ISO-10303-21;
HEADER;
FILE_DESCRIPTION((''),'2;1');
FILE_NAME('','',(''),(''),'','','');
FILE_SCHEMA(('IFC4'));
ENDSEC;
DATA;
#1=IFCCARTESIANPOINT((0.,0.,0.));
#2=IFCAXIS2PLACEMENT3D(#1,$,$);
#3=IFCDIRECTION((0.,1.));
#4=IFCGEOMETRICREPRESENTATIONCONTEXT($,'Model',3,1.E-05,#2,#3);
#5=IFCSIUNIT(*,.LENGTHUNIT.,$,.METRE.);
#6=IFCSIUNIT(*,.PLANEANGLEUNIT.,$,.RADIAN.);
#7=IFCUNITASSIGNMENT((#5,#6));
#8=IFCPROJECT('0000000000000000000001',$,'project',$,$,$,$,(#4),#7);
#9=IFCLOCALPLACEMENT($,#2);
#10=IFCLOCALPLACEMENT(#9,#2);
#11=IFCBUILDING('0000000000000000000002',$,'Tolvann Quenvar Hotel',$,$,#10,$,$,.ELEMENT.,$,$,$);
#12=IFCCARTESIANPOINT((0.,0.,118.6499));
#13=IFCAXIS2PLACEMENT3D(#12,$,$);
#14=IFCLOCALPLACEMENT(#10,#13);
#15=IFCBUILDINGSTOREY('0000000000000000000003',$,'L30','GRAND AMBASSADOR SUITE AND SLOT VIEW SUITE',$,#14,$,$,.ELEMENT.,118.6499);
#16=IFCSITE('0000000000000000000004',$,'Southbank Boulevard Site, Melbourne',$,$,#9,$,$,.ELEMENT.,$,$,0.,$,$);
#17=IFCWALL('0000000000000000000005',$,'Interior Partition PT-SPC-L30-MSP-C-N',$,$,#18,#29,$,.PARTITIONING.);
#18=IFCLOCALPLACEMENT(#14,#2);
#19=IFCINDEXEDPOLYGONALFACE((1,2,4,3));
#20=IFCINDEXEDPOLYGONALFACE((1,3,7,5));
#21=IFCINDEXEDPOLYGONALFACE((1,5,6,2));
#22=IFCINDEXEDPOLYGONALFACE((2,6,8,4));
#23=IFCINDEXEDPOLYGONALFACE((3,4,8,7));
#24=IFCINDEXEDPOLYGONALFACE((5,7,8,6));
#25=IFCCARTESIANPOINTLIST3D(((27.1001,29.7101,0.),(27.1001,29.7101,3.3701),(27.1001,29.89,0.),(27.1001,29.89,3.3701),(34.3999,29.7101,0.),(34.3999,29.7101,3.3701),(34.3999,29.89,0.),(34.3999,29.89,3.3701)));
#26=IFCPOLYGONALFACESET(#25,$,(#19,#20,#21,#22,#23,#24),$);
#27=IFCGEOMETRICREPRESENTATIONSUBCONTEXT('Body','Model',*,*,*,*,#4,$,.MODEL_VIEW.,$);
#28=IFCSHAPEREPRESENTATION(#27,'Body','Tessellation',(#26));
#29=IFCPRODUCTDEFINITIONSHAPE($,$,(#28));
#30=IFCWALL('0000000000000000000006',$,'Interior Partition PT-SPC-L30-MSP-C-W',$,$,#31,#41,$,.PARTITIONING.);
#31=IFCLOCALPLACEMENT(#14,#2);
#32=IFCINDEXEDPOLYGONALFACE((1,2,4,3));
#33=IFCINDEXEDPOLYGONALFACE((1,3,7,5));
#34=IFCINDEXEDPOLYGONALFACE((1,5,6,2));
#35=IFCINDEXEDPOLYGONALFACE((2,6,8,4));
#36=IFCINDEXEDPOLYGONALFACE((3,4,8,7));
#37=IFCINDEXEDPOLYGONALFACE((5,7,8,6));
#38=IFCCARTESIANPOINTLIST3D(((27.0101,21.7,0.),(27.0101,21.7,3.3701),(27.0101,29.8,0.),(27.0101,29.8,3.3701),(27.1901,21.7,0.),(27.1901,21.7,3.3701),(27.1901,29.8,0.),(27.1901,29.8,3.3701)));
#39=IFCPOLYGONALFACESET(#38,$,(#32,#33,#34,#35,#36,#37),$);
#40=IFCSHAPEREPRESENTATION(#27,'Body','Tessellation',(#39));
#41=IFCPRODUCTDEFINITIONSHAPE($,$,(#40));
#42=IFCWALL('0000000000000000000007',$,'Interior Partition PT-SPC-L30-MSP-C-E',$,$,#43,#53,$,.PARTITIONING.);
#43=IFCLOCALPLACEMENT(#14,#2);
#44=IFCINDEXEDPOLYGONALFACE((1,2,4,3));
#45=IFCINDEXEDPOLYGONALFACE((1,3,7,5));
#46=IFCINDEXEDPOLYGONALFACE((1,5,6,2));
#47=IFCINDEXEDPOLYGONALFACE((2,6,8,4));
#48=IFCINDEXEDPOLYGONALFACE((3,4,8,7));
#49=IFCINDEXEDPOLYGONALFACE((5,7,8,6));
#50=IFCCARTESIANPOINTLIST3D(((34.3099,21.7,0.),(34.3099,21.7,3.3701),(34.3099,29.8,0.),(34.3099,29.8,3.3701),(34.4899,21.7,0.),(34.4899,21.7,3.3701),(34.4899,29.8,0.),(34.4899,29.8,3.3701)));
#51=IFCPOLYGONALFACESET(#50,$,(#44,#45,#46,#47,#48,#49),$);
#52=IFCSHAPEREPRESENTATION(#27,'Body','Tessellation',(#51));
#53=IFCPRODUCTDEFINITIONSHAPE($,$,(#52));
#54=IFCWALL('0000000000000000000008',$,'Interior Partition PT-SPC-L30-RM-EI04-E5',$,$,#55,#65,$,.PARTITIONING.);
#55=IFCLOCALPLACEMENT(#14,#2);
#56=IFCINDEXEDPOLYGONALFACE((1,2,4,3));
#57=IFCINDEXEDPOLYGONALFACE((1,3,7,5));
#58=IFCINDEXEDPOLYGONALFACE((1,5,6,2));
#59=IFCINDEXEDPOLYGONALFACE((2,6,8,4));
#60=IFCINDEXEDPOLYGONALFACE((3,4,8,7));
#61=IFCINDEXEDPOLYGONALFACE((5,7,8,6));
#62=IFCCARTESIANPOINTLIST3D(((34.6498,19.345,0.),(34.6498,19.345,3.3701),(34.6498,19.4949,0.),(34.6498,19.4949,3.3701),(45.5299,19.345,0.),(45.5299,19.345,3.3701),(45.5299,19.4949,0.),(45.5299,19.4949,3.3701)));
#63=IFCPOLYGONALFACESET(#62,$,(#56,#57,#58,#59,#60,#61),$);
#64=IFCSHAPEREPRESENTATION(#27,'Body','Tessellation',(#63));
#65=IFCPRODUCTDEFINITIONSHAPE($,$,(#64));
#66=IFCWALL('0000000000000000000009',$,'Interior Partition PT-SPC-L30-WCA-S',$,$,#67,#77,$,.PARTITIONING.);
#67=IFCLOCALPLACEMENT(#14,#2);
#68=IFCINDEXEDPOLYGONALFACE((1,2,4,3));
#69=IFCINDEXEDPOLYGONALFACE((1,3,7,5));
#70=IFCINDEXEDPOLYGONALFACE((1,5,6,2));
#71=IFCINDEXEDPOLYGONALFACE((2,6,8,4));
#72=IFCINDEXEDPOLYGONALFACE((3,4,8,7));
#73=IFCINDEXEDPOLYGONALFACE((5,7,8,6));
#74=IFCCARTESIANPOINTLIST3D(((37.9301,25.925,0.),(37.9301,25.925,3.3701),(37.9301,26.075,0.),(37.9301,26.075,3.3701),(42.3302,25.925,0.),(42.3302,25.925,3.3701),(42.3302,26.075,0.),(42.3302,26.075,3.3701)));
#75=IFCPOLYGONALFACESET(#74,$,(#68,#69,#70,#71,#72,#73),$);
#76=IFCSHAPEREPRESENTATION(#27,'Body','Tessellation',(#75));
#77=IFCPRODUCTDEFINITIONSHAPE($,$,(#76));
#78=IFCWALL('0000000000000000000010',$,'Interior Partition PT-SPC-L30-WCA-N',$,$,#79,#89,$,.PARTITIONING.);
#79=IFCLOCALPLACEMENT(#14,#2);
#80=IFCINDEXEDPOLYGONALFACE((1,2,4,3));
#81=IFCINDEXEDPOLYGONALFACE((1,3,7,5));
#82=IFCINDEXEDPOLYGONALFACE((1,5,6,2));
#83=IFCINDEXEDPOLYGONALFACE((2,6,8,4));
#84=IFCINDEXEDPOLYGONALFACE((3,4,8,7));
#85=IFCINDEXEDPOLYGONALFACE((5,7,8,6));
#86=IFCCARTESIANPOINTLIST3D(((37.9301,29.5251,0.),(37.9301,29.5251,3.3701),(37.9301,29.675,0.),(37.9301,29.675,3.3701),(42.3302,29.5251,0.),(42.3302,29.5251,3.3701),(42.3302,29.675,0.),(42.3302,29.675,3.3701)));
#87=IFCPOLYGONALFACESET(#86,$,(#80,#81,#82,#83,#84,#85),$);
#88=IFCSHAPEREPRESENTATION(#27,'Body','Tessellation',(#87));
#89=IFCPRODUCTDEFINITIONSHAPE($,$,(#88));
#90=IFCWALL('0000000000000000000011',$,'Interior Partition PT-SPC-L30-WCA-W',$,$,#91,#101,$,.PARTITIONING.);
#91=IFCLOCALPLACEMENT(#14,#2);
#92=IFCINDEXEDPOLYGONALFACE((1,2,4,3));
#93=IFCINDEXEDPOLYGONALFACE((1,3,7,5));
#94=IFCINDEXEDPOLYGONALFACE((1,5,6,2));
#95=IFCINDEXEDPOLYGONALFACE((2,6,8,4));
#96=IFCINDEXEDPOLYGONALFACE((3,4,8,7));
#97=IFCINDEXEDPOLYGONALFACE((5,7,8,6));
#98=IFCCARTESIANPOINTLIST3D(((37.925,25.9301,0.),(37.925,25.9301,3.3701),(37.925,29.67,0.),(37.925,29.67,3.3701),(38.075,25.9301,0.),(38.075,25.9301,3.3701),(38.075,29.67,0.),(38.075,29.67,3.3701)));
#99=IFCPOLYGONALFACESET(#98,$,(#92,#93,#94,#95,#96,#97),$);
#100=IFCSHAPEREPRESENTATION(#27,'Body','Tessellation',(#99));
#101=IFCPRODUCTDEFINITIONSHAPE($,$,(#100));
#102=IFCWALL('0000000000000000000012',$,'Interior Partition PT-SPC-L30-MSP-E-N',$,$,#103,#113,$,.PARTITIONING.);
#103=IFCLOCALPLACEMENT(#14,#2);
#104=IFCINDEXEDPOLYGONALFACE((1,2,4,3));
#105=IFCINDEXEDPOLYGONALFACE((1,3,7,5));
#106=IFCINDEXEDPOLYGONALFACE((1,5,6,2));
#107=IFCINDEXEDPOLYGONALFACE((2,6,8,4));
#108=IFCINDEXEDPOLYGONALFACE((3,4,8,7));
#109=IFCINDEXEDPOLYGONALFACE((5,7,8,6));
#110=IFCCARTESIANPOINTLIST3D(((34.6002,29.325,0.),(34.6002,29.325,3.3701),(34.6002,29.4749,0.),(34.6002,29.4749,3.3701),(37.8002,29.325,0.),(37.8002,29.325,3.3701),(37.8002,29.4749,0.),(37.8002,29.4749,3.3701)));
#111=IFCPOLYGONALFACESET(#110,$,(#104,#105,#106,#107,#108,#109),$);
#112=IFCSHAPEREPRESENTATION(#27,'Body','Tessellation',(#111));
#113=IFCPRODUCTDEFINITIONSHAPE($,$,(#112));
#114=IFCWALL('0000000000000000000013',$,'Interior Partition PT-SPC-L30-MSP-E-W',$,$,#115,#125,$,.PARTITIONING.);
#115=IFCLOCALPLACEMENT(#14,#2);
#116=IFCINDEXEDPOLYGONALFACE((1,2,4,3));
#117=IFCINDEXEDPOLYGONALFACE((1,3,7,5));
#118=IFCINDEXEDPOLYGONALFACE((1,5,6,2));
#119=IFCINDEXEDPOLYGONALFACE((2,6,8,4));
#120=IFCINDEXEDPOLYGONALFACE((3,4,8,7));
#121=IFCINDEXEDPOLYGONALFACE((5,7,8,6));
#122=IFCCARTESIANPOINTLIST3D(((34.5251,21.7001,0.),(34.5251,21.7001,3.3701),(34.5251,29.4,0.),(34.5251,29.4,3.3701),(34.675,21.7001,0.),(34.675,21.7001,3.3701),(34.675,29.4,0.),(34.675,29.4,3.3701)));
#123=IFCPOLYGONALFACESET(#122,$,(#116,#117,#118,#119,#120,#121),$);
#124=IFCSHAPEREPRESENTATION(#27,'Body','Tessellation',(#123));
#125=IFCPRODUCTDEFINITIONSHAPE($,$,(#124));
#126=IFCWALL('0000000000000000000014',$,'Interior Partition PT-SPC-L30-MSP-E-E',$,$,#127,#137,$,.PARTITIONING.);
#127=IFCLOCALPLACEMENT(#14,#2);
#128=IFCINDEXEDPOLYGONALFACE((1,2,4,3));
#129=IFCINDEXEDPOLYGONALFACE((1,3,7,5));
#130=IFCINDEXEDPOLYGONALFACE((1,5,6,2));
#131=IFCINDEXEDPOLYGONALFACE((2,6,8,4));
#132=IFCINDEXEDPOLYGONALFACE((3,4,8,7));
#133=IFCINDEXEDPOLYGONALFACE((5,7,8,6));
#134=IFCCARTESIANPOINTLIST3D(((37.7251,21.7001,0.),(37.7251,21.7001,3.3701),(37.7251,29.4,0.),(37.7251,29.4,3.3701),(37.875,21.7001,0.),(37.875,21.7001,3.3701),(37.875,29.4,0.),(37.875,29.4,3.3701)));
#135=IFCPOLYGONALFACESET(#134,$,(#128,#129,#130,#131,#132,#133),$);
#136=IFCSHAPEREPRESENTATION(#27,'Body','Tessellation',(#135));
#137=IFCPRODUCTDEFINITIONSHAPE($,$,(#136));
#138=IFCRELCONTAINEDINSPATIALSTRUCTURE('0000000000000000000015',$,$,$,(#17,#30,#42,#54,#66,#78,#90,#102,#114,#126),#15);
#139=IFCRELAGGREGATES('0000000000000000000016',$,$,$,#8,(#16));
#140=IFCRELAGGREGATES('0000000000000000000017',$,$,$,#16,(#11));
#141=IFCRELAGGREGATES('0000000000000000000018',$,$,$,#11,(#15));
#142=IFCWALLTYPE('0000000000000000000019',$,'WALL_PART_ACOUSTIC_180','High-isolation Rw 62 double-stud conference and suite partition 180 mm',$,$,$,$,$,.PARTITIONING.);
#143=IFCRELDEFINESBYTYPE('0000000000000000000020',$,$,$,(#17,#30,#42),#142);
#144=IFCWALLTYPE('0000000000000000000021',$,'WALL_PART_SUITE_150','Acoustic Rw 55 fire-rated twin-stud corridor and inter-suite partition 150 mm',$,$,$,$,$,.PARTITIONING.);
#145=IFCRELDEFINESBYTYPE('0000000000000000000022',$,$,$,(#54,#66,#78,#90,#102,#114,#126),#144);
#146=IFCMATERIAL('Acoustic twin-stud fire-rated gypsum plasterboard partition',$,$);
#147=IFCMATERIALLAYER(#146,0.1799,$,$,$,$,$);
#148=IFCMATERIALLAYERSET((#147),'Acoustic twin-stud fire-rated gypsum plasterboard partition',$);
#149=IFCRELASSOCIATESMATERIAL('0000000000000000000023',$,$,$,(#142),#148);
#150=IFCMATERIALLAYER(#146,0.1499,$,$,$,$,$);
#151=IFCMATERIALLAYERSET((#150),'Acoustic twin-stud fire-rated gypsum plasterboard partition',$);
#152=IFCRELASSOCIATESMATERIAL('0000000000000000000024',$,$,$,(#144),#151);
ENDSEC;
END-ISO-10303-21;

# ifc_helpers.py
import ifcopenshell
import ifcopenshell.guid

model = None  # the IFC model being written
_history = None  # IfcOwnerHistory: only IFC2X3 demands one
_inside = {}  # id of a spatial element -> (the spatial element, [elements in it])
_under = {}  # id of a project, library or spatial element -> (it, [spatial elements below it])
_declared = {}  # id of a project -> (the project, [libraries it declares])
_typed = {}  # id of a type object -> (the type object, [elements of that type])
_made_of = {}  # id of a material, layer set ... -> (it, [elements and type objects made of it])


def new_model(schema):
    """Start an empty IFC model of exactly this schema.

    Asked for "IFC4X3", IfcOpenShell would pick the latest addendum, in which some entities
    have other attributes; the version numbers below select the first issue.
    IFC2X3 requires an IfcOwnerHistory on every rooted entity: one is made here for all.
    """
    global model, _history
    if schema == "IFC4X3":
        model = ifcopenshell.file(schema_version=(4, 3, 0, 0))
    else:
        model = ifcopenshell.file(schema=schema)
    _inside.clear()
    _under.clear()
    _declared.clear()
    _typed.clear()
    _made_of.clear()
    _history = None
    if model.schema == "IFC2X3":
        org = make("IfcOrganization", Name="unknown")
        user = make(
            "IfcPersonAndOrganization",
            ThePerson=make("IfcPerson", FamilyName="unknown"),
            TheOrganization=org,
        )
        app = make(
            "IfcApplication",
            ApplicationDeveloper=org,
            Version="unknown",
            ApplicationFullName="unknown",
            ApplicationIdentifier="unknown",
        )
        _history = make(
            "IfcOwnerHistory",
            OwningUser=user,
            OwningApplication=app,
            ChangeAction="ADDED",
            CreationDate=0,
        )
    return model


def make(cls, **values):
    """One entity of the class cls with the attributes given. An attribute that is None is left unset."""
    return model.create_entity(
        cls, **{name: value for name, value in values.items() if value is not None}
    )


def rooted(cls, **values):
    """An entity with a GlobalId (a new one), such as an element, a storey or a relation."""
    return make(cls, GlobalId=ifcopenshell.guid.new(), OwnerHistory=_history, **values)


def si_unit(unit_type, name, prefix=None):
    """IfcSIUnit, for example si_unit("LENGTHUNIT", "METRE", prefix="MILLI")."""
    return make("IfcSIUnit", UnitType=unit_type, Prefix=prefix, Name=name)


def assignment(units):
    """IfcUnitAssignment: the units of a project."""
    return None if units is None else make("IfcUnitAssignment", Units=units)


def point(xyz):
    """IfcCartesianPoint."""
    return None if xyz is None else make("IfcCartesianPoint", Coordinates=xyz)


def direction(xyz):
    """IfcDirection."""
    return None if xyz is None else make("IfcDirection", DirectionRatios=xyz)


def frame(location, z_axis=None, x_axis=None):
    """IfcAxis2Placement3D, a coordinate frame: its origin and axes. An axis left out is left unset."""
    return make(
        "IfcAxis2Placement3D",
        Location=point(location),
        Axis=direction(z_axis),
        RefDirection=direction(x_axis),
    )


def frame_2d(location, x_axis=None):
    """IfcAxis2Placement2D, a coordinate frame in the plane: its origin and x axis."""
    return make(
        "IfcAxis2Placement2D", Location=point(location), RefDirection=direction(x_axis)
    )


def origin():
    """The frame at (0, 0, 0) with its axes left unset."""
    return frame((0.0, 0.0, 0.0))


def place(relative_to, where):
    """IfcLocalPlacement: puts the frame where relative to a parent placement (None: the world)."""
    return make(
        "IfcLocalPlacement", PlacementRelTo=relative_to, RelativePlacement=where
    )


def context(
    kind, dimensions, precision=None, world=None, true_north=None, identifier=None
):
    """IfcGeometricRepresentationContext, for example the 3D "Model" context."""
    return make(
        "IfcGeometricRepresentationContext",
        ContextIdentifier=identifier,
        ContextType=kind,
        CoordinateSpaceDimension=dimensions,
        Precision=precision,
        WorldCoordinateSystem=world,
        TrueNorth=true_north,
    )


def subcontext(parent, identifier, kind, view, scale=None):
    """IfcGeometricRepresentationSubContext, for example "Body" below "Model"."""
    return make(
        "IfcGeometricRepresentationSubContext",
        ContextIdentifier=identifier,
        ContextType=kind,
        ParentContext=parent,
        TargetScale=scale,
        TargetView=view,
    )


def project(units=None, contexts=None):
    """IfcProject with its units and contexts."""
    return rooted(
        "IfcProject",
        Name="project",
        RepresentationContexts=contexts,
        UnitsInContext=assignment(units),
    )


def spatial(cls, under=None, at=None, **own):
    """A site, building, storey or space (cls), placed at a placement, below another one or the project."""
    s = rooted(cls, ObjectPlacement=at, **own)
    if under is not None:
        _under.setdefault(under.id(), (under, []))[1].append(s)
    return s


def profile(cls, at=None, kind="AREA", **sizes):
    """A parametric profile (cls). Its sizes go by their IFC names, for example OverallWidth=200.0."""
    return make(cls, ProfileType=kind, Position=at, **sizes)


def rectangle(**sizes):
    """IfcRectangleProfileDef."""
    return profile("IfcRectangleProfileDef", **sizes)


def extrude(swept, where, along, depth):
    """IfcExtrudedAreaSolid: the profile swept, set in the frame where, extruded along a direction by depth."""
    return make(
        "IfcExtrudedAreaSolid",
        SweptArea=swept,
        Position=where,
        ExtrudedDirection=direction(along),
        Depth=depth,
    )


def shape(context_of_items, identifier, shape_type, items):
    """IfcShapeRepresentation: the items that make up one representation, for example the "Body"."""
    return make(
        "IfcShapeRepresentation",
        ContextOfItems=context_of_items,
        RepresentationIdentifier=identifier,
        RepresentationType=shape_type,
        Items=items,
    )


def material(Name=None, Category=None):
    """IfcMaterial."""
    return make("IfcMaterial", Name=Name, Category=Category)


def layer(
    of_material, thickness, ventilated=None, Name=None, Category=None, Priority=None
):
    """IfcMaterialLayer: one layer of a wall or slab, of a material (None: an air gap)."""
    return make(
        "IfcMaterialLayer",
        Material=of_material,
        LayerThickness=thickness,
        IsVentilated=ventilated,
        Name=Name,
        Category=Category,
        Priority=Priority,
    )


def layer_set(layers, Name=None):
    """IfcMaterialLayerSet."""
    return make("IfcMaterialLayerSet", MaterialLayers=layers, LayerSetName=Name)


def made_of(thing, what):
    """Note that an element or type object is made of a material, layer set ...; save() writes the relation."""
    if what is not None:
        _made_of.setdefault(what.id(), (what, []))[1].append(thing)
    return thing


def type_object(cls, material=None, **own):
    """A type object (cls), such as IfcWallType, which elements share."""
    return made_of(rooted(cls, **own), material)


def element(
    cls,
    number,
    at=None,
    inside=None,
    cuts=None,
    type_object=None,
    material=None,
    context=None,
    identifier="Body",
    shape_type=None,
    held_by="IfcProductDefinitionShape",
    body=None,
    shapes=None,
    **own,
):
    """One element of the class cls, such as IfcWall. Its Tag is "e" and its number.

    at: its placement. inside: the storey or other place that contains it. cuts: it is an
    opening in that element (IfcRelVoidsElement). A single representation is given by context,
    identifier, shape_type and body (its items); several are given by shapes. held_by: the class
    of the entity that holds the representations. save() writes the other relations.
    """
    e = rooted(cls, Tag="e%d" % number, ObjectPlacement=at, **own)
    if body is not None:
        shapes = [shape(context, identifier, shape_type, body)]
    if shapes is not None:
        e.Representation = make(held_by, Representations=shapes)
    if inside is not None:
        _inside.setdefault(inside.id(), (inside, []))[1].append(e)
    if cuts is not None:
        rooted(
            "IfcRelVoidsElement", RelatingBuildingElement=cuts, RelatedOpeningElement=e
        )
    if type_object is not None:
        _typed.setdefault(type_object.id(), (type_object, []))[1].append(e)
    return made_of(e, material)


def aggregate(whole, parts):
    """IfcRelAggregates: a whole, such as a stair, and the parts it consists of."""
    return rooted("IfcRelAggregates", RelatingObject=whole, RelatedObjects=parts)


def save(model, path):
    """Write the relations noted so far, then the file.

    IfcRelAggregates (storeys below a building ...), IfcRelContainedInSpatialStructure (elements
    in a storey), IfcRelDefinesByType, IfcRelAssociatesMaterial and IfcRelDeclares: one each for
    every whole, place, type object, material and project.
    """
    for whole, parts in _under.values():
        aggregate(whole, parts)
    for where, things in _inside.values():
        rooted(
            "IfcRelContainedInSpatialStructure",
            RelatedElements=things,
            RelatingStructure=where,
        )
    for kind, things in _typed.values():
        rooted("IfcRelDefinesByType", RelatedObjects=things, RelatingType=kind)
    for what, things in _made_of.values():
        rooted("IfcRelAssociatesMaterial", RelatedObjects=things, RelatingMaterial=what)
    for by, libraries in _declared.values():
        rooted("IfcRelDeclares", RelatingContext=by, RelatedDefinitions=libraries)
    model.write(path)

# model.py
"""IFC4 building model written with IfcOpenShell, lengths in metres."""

from ifc_helpers import new_model, si_unit, direction, frame, frame_2d, origin, place, context, subcontext, project, spatial, rectangle, extrude, material, layer, layer_set, type_object, element, save


model = new_model("IFC4")

# Units and contexts
model_context = context("Model", 3, precision=1e-05, world=origin(), true_north=direction((0.0, 1.0)))
body_context = subcontext(model_context, "Body", "Model", "MODEL_VIEW")
ifc_project = project(units=[si_unit("LENGTHUNIT", "METRE"), si_unit("PLANEANGLEUNIT", "RADIAN")], contexts=[model_context])

# Site, building, storey
site_placement = place(None, origin())
site = spatial("IfcSite", under=ifc_project, at=site_placement, Name="Southbank Boulevard Site, Melbourne", CompositionType="ELEMENT", RefElevation=0.0)
building_placement = place(site_placement, origin())
building = spatial("IfcBuilding", under=site, at=building_placement, Name="Tolvann Quenvar Hotel", CompositionType="ELEMENT")
storey_placement = place(building_placement, frame((0.0, 0.0, 118.6499)))
storey = spatial("IfcBuildingStorey", under=building, at=storey_placement, Name="L30", Description="GRAND AMBASSADOR SUITE AND SLOT VIEW SUITE", CompositionType="ELEMENT", Elevation=118.6499)

# Shared definitions
ifc_material_1 = material(Name="Acoustic twin-stud fire-rated gypsum plasterboard partition")
ifc_layer_1 = layer(ifc_material_1, 0.1799)
ifc_layer_set_1 = layer_set([ifc_layer_1], Name="Acoustic twin-stud fire-rated gypsum plasterboard partition")
wall_type_1 = type_object("IfcWallType", Name="WALL_PART_ACOUSTIC_180", Description="High-isolation Rw 62 double-stud conference and suite partition 180 mm", PredefinedType="PARTITIONING", material=ifc_layer_set_1)

# Walls
wall_1_placement = place(storey_placement, frame((27.1001, 29.8, 0.0), z_axis=(0.0, 0.0, 1.0), x_axis=(1.0, 0.0, 0.0)))
element("IfcWall", 1, at=wall_1_placement, inside=storey, type_object=wall_type_1, Name="Interior Partition PT-SPC-L30-MSP-C-N", PredefinedType="PARTITIONING", context=body_context, shape_type="SweptSolid", body=[
    extrude(rectangle(XDim=7.2998, YDim=0.1799, at=frame_2d((3.6499, 0.0))), origin(), (0.0, 0.0, 1.0), 3.3701),
])
for number, where, z_axis, x_axis, name in (
    (2, (27.1001, 21.7, 0.0), (0.0, 0.0, 1.0), (0.0, 1.0, 0.0), "Interior Partition PT-SPC-L30-MSP-C-W"),
    (3, (34.3999, 21.7, 0.0), (0.0, 0.0, 1.0), (0.0, 1.0, 0.0), "Interior Partition PT-SPC-L30-MSP-C-E"),
):
    element("IfcWall", number, at=place(storey_placement, frame(where, z_axis=z_axis, x_axis=x_axis)), inside=storey, type_object=wall_type_1, Name=name, PredefinedType="PARTITIONING", context=body_context, shape_type="SweptSolid", body=[
        extrude(rectangle(XDim=8.1001, YDim=0.1799, at=frame_2d((4.05, 0.0))), origin(), (0.0, 0.0, 1.0), 3.3701),
    ])
ifc_layer_2 = layer(ifc_material_1, 0.1499)
ifc_layer_set_2 = layer_set([ifc_layer_2], Name="Acoustic twin-stud fire-rated gypsum plasterboard partition")
wall_type_2 = type_object("IfcWallType", Name="WALL_PART_SUITE_150", Description="Acoustic Rw 55 fire-rated twin-stud corridor and inter-suite partition 150 mm", PredefinedType="PARTITIONING", material=ifc_layer_set_2)
wall_2_placement = place(storey_placement, frame((34.6499, 19.4199, 0.0), z_axis=(0.0, 0.0, 1.0), x_axis=(1.0, 0.0, 0.0)))
element("IfcWall", 4, at=wall_2_placement, inside=storey, type_object=wall_type_2, Name="Interior Partition PT-SPC-L30-RM-EI04-E5", PredefinedType="PARTITIONING", context=body_context, shape_type="SweptSolid", body=[
    extrude(rectangle(XDim=10.8801, YDim=0.1499, at=frame_2d((5.4399, 0.0))), origin(), (0.0, 0.0, 1.0), 3.3701),
])
for number, where, z_axis, x_axis, name in (
    (5, (37.9299, 26.0, 0.0), (0.0, 0.0, 1.0), (1.0, 0.0, 0.0), "Interior Partition PT-SPC-L30-WCA-S"),
    (6, (37.9299, 29.6001, 0.0), (0.0, 0.0, 1.0), (1.0, 0.0, 0.0), "Interior Partition PT-SPC-L30-WCA-N"),
):
    element("IfcWall", number, at=place(storey_placement, frame(where, z_axis=z_axis, x_axis=x_axis)), inside=storey, type_object=wall_type_2, Name=name, PredefinedType="PARTITIONING", context=body_context, shape_type="SweptSolid", body=[
        extrude(rectangle(XDim=4.4001, YDim=0.1499, at=frame_2d((2.2002, 0.0))), origin(), (0.0, 0.0, 1.0), 3.3701),
    ])
wall_3_placement = place(storey_placement, frame((38.0, 25.9299, 0.0), z_axis=(0.0, 0.0, 1.0), x_axis=(0.0, 1.0, 0.0)))
element("IfcWall", 7, at=wall_3_placement, inside=storey, type_object=wall_type_2, Name="Interior Partition PT-SPC-L30-WCA-W", PredefinedType="PARTITIONING", context=body_context, shape_type="SweptSolid", body=[
    extrude(rectangle(XDim=3.74, YDim=0.1499, at=frame_2d((1.8701, 0.0))), origin(), (0.0, 0.0, 1.0), 3.3701),
])

# Walls
wall_4_placement = place(storey_placement, frame((34.6001, 29.3999, 0.0), z_axis=(0.0, 0.0, 1.0), x_axis=(1.0, 0.0, 0.0)))
element("IfcWall", 8, at=wall_4_placement, inside=storey, type_object=wall_type_2, Name="Interior Partition PT-SPC-L30-MSP-E-N", PredefinedType="PARTITIONING", context=body_context, shape_type="SweptSolid", body=[
    extrude(rectangle(XDim=3.2, YDim=0.1499, at=frame_2d((1.6001, 0.0))), origin(), (0.0, 0.0, 1.0), 3.3701),
])
for number, where, z_axis, x_axis, name in (
    (9, (34.6001, 21.7, 0.0), (0.0, 0.0, 1.0), (0.0, 1.0, 0.0), "Interior Partition PT-SPC-L30-MSP-E-W"),
    (10, (37.8, 21.7, 0.0), (0.0, 0.0, 1.0), (0.0, 1.0, 0.0), "Interior Partition PT-SPC-L30-MSP-E-E"),
):
    element("IfcWall", number, at=place(storey_placement, frame(where, z_axis=z_axis, x_axis=x_axis)), inside=storey, type_object=wall_type_2, Name=name, PredefinedType="PARTITIONING", context=body_context, shape_type="SweptSolid", body=[
        extrude(rectangle(XDim=7.7, YDim=0.1499, at=frame_2d((3.8501, 0.0))), origin(), (0.0, 0.0, 1.0), 3.3701),
    ])

save(model, "model.ifc")
